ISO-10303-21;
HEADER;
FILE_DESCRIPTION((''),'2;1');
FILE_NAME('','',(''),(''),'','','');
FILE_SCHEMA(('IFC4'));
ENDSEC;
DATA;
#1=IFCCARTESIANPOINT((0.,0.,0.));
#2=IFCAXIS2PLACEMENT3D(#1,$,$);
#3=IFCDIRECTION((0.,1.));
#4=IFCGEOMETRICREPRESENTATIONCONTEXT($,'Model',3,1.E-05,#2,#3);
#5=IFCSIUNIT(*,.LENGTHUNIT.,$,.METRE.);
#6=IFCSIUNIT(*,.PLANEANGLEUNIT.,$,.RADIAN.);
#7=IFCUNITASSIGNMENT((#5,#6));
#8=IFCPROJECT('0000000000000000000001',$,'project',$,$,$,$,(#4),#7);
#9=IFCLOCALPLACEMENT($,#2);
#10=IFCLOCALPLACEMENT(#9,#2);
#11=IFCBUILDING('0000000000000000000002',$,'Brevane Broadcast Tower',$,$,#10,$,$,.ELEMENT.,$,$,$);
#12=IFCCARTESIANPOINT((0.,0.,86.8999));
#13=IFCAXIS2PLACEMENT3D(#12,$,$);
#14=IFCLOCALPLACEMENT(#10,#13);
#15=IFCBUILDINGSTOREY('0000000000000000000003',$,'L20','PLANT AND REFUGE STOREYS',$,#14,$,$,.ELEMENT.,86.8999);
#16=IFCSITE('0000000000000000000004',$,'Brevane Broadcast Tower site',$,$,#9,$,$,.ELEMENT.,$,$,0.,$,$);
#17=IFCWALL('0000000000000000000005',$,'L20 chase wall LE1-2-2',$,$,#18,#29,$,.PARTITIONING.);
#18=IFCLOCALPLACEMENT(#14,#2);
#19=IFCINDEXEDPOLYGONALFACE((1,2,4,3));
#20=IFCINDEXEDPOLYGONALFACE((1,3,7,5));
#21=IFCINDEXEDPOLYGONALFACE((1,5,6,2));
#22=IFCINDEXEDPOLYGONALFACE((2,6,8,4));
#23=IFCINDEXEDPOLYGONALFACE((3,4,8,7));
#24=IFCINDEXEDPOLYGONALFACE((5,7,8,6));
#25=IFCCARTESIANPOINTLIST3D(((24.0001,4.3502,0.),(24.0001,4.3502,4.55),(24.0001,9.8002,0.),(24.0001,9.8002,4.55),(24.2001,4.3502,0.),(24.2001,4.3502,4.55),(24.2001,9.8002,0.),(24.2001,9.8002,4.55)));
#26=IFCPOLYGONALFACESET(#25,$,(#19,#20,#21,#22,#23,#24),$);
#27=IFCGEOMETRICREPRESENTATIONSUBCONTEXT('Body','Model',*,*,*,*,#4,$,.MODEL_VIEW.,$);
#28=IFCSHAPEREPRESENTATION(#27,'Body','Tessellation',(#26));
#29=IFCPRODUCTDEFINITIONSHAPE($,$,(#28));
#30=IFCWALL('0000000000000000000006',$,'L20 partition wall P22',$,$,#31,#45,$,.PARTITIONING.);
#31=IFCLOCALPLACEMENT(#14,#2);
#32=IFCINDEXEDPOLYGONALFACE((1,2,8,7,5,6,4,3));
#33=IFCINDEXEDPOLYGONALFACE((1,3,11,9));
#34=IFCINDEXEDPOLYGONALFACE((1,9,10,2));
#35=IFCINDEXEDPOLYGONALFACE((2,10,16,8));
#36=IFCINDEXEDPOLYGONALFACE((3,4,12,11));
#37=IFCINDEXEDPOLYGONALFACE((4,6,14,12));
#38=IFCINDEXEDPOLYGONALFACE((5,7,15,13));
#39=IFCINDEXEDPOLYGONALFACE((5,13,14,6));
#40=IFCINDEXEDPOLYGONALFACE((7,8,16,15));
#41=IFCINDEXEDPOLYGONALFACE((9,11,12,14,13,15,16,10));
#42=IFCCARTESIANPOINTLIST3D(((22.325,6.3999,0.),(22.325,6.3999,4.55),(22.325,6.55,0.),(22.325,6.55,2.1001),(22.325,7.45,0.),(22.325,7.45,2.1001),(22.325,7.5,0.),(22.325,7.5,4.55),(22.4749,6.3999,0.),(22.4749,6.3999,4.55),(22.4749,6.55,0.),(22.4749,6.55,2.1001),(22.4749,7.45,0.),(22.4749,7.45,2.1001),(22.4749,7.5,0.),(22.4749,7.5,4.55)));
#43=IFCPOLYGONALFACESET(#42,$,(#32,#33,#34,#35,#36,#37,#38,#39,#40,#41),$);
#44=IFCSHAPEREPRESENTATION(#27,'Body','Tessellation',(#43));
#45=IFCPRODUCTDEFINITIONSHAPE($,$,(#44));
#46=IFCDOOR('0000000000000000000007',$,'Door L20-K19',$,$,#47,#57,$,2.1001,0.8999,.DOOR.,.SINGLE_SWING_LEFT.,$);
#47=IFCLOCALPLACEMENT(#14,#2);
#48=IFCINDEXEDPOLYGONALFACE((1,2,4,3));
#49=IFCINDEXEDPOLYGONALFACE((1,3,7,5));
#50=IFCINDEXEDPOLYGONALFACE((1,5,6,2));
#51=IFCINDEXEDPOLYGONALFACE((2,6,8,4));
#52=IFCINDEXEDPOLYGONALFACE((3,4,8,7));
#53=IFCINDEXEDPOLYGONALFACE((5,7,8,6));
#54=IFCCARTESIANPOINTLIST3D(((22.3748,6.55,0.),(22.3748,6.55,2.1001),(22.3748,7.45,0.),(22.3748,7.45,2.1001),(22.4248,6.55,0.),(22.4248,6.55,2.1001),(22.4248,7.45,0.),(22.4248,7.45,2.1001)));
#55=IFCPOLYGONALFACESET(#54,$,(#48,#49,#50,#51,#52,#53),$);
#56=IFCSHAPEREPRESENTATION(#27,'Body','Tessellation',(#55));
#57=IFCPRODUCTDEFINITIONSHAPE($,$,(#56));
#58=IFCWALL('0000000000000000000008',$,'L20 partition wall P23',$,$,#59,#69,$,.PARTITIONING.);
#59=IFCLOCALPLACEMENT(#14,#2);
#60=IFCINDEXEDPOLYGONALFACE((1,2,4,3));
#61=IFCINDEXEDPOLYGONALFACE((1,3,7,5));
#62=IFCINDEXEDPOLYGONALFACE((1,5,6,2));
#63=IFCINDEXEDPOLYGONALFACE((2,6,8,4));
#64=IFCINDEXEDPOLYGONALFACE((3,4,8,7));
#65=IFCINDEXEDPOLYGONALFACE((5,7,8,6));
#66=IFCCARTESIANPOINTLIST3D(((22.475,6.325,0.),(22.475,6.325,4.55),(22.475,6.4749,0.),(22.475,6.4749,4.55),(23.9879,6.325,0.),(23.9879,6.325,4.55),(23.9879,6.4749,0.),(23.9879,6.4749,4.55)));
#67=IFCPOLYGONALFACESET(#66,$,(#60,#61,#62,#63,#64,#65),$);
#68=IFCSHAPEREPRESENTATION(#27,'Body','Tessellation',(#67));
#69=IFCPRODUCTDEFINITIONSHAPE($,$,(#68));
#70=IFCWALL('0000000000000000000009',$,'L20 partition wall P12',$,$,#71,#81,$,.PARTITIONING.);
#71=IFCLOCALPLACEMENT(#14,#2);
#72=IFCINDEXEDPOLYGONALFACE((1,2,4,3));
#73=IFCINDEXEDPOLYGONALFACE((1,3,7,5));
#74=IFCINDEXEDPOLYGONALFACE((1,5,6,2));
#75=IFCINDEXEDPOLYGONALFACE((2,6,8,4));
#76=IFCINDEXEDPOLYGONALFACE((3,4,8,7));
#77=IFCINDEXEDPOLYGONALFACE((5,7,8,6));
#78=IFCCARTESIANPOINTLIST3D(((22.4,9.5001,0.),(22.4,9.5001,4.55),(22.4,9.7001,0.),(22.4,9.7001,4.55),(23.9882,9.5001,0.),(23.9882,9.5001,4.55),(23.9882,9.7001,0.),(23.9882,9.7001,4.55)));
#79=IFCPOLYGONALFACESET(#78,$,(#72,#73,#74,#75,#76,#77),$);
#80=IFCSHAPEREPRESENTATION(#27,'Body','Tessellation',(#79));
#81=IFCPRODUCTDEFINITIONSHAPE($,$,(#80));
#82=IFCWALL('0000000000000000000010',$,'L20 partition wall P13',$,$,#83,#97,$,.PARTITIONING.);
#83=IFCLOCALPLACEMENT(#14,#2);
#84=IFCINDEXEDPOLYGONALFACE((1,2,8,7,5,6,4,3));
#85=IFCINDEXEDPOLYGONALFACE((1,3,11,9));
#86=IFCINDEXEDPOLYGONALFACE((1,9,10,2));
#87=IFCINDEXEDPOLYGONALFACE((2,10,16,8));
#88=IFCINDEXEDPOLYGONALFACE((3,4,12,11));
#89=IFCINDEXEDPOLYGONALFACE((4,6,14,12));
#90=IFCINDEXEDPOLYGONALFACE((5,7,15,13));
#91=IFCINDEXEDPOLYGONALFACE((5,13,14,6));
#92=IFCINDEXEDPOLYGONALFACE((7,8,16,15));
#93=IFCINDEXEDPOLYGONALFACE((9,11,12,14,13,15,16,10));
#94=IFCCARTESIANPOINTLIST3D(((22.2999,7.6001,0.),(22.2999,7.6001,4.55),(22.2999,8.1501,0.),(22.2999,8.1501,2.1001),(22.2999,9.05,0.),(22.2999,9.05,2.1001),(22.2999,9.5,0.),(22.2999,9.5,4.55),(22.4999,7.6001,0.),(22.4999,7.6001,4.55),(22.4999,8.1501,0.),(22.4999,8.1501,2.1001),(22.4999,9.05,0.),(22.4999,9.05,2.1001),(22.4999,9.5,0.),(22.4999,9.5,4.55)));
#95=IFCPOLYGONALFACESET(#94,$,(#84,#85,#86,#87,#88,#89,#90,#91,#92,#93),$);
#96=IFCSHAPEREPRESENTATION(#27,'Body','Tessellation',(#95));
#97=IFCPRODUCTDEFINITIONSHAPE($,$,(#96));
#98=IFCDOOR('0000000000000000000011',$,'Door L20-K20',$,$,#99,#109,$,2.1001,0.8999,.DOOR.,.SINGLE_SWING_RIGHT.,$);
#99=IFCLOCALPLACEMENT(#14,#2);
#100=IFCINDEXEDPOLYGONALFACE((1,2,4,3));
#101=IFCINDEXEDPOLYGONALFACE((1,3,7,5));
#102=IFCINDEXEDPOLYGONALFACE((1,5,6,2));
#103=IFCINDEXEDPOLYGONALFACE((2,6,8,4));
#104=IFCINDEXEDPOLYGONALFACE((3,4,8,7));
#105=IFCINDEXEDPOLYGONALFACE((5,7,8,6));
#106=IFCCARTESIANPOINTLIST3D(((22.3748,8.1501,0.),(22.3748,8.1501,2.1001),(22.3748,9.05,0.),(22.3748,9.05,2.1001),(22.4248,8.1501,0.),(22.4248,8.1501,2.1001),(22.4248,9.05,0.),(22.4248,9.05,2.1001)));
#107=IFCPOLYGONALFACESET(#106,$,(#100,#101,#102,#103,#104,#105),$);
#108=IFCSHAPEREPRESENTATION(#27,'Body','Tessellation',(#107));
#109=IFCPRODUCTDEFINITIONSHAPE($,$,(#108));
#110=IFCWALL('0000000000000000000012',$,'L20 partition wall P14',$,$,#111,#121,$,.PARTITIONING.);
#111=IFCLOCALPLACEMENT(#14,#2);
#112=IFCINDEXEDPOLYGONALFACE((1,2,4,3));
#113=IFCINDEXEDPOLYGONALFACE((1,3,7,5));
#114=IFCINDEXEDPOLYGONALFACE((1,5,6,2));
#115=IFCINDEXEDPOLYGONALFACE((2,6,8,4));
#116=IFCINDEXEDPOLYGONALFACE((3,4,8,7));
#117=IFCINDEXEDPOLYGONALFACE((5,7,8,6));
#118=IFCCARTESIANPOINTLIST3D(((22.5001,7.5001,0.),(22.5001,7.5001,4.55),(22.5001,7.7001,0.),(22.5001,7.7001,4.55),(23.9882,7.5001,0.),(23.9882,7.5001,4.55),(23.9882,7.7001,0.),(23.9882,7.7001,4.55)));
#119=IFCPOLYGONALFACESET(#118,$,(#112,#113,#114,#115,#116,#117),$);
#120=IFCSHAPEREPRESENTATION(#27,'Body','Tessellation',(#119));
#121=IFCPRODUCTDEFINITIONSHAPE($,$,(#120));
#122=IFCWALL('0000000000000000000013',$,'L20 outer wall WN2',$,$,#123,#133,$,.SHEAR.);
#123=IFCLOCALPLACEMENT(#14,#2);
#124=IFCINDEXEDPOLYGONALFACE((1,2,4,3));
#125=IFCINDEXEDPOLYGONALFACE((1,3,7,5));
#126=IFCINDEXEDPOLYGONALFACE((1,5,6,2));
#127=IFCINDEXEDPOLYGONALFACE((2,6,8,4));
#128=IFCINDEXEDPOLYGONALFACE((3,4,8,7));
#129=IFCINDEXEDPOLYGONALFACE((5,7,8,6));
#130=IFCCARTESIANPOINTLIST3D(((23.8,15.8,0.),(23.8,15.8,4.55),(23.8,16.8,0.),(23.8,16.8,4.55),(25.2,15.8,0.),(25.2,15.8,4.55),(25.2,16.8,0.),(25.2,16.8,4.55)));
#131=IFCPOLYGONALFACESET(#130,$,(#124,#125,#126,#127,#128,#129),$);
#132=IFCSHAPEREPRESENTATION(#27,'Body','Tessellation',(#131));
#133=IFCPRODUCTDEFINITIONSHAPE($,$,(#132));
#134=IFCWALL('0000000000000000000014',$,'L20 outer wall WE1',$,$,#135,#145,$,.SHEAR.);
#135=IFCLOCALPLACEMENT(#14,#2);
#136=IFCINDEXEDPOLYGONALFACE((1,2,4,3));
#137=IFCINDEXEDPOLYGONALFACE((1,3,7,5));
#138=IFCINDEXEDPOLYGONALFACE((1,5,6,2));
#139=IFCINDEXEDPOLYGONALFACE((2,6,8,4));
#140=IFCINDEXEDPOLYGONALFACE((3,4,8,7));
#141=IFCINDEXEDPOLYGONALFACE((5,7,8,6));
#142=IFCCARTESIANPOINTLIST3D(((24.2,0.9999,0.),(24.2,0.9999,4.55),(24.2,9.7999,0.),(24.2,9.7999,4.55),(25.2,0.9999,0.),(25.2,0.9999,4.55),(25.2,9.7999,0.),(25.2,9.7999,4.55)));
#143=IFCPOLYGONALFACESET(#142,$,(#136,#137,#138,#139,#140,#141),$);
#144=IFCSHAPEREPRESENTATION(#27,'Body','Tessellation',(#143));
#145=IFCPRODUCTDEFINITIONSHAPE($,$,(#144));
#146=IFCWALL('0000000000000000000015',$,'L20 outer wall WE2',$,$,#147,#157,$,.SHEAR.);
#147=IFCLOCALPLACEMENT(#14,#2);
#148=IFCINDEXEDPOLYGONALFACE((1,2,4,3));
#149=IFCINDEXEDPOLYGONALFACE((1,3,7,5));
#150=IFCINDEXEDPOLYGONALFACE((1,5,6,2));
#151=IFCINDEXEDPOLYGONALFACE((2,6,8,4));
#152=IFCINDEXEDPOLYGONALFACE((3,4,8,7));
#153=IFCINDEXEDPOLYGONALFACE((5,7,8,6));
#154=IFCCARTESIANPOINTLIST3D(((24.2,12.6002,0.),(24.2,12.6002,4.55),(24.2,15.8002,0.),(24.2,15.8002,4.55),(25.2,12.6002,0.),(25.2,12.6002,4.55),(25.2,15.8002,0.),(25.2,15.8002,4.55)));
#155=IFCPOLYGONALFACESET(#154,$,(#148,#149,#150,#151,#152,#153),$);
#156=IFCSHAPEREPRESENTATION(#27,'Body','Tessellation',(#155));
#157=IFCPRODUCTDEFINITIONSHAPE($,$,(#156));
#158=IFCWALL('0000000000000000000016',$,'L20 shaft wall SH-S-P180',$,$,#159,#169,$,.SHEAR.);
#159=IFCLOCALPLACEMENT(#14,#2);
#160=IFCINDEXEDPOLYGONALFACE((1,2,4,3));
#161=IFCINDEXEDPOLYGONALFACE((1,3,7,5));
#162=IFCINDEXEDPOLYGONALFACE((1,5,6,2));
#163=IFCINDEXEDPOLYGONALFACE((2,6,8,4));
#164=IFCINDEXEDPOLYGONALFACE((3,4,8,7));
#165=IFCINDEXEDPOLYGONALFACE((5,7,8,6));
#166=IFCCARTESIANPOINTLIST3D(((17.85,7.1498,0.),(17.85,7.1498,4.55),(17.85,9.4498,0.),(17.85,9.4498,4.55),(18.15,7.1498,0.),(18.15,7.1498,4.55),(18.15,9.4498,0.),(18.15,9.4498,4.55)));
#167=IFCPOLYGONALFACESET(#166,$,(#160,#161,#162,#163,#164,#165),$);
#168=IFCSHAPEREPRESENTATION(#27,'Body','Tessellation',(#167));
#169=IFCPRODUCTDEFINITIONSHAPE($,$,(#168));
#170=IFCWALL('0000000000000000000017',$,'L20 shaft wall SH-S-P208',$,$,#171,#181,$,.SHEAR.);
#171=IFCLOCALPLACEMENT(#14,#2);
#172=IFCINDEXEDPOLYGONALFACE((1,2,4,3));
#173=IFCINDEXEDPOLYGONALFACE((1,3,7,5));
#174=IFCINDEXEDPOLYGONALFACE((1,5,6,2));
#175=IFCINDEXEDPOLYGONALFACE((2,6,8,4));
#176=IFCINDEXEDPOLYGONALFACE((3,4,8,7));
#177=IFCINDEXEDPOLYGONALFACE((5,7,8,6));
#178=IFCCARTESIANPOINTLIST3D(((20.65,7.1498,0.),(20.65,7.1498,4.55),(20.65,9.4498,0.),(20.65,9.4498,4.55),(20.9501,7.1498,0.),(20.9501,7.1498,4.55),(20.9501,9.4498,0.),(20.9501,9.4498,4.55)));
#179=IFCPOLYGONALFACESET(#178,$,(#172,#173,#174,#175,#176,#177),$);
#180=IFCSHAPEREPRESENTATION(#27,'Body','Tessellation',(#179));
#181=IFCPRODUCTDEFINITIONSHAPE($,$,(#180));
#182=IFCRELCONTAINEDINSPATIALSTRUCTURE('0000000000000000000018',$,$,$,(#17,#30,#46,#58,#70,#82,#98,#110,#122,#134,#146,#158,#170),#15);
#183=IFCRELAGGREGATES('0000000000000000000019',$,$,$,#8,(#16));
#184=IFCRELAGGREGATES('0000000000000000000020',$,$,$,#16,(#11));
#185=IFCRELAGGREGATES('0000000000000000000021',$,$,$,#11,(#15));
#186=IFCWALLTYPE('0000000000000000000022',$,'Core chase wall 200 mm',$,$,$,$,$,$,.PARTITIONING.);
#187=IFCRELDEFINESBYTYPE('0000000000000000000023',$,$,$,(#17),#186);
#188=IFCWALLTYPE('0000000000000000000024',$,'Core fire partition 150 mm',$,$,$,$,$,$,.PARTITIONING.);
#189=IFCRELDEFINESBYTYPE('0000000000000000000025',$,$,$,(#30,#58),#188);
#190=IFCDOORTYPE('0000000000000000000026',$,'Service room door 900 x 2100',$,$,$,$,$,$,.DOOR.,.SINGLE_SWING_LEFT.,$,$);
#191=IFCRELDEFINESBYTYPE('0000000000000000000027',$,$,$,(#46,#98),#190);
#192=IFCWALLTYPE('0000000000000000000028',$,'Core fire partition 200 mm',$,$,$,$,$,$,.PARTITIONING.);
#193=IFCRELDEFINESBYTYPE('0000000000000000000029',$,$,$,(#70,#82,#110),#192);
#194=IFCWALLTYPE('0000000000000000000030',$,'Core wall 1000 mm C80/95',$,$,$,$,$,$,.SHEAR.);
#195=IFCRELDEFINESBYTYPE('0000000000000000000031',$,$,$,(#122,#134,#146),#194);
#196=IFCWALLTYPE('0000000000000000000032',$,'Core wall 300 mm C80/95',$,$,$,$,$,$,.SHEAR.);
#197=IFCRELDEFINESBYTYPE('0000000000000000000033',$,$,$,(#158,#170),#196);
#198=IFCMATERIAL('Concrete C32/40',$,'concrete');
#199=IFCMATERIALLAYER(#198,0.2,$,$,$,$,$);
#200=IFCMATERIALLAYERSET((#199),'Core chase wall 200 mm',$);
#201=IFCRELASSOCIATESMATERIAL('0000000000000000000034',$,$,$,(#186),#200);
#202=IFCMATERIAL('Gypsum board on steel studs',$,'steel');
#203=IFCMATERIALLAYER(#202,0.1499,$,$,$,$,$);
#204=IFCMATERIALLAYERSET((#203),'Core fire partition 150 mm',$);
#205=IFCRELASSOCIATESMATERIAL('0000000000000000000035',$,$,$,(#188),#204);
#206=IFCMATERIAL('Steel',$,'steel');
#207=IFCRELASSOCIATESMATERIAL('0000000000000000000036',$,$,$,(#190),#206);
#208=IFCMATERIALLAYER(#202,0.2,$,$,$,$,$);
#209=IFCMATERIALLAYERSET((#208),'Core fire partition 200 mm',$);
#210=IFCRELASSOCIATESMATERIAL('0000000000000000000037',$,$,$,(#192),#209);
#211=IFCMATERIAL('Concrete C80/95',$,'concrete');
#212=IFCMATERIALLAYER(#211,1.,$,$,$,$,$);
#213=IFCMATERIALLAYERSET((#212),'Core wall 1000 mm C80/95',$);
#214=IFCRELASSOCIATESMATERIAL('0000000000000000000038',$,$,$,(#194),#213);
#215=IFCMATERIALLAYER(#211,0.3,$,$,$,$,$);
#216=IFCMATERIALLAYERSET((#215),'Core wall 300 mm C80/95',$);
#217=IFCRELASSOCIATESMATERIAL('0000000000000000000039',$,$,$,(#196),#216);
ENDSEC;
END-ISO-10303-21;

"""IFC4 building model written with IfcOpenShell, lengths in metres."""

from ifc_helpers import new_model, si_unit, direction, frame, frame_2d, origin, place, context, subcontext, project, spatial, rectangle, extrude, material, layer, layer_set, type_object, element, fill, save


model = new_model("IFC4")

# Units and contexts
model_context = context("Model", 3, precision=1e-05, world=origin(), true_north=direction((0.0, 1.0)))
body_context = subcontext(model_context, "Body", "Model", "MODEL_VIEW")
ifc_project = project(units=[si_unit("LENGTHUNIT", "METRE"), si_unit("PLANEANGLEUNIT", "RADIAN")], contexts=[model_context])

# Site, building, storey
site_placement = place(None, origin())
site = spatial("IfcSite", under=ifc_project, at=site_placement, Name="Brevane Broadcast Tower site", CompositionType="ELEMENT", RefElevation=0.0)
building_placement = place(site_placement, origin())
building = spatial("IfcBuilding", under=site, at=building_placement, Name="Brevane Broadcast Tower", CompositionType="ELEMENT")
storey_placement = place(building_placement, frame((0.0, 0.0, 86.8999)))
storey = spatial("IfcBuildingStorey", under=building, at=storey_placement, Name="L20", Description="PLANT AND REFUGE STOREYS", CompositionType="ELEMENT", Elevation=86.8999)

# Wall
ifc_material_1 = material(Name="Concrete C32/40", Category="concrete")
ifc_layer_1 = layer(ifc_material_1, 0.2)
ifc_layer_set_1 = layer_set([ifc_layer_1], Name="Core chase wall 200 mm")
wall_type_1 = type_object("IfcWallType", Name="Core chase wall 200 mm", PredefinedType="PARTITIONING", material=ifc_layer_set_1)
wall_1_placement = place(storey_placement, frame((24.1001, 4.3501, 0.0), z_axis=(0.0, 0.0, 1.0), x_axis=(0.0, 1.0, 0.0)))
element("IfcWall", 1, at=wall_1_placement, inside=storey, type_object=wall_type_1, Name="L20 chase wall LE1-2-2", PredefinedType="PARTITIONING", context=body_context, shape_type="SweptSolid", body=[
    extrude(rectangle(XDim=5.45, YDim=0.2, at=frame_2d((2.7251, 0.0))), origin(), (0.0, 0.0, 1.0), 4.55),
])

# Wall, opening, door
ifc_material_2 = material(Name="Gypsum board on steel studs", Category="steel")
ifc_layer_2 = layer(ifc_material_2, 0.1499)
ifc_layer_set_2 = layer_set([ifc_layer_2], Name="Core fire partition 150 mm")
wall_type_2 = type_object("IfcWallType", Name="Core fire partition 150 mm", PredefinedType="PARTITIONING", material=ifc_layer_set_2)
wall_2_placement = place(storey_placement, frame((22.3999, 7.5, 0.0), z_axis=(0.0, 0.0, 1.0), x_axis=(0.0, -1.0, 0.0)))
wall_2 = element("IfcWall", 2, at=wall_2_placement, inside=storey, type_object=wall_type_2, Name="L20 partition wall P22", PredefinedType="PARTITIONING", context=body_context, shape_type="SweptSolid", body=[
    extrude(rectangle(XDim=1.1001, YDim=0.1499, at=frame_2d((0.55, 0.0))), origin(), (0.0, 0.0, 1.0), 4.55),
])
opening_1_placement = place(wall_2_placement, frame((0.05, 0.0, 0.0)))
opening_1 = element("IfcOpeningElement", 3, at=opening_1_placement, cuts=wall_2, PredefinedType="OPENING", context=body_context, shape_type="SweptSolid", body=[
    extrude(rectangle(XDim=0.8999, YDim=2.1001, at=frame_2d((0.45, 1.05))), frame((0.0, 0.085, 0.0), z_axis=(0.0, -1.0, 0.0), x_axis=(1.0, 0.0, 0.0)), (0.0, 0.0, 1.0), 0.1699),
])
ifc_material_3 = material(Name="Steel", Category="steel")
door_type = type_object("IfcDoorType", Name="Service room door 900 x 2100", OperationType="SINGLE_SWING_LEFT", PredefinedType="DOOR", material=ifc_material_3)
door_1_placement = place(opening_1_placement, origin())
door_1 = element("IfcDoor", 4, at=door_1_placement, inside=storey, type_object=door_type, Name="Door L20-K19", OperationType="SINGLE_SWING_LEFT", OverallHeight=2.1001, OverallWidth=0.8999, PredefinedType="DOOR", context=body_context, shape_type="SweptSolid", body=[
    extrude(rectangle(XDim=0.8999, YDim=2.1001, at=frame_2d((0.45, 1.05))), frame((0.0, 0.0249, 0.0), z_axis=(0.0, -1.0, 0.0), x_axis=(1.0, 0.0, 0.0)), (0.0, 0.0, 1.0), 0.05),
])
fill(opening_1, door_1)

# Walls
wall_3_placement = place(storey_placement, frame((22.4751, 6.3999, 0.0), z_axis=(0.0, 0.0, 1.0), x_axis=(1.0, 0.0, 0.0)))
element("IfcWall", 5, at=wall_3_placement, inside=storey, type_object=wall_type_2, Name="L20 partition wall P23", PredefinedType="PARTITIONING", context=body_context, shape_type="SweptSolid", body=[
    extrude(rectangle(XDim=1.5129, YDim=0.1499, at=frame_2d((0.7563, 0.0))), origin(), (0.0, 0.0, 1.0), 4.55),
])
ifc_layer_3 = layer(ifc_material_2, 0.2)
ifc_layer_set_3 = layer_set([ifc_layer_3], Name="Core fire partition 200 mm")
wall_type_3 = type_object("IfcWallType", Name="Core fire partition 200 mm", PredefinedType="PARTITIONING", material=ifc_layer_set_3)
wall_4_placement = place(storey_placement, frame((23.988, 9.6001, 0.0), z_axis=(0.0, 0.0, 1.0), x_axis=(-1.0, 0.0, 0.0)))
element("IfcWall", 6, at=wall_4_placement, inside=storey, type_object=wall_type_3, Name="L20 partition wall P12", PredefinedType="PARTITIONING", context=body_context, shape_type="SweptSolid", body=[
    extrude(rectangle(XDim=1.5881, YDim=0.2, at=frame_2d((0.7939, 0.0))), origin(), (0.0, 0.0, 1.0), 4.55),
])

# Wall, opening, door
wall_5_placement = place(storey_placement, frame((22.3999, 9.5, 0.0), z_axis=(0.0, 0.0, 1.0), x_axis=(0.0, -1.0, 0.0)))
wall_5 = element("IfcWall", 7, at=wall_5_placement, inside=storey, type_object=wall_type_3, Name="L20 partition wall P13", PredefinedType="PARTITIONING", context=body_context, shape_type="SweptSolid", body=[
    extrude(rectangle(XDim=1.8999, YDim=0.2, at=frame_2d((0.95, 0.0))), origin(), (0.0, 0.0, 1.0), 4.55),
])
opening_2_placement = place(wall_5_placement, frame((0.45, 0.0, 0.0)))
opening_2 = element("IfcOpeningElement", 8, at=opening_2_placement, cuts=wall_5, PredefinedType="OPENING", context=body_context, shape_type="SweptSolid", body=[
    extrude(rectangle(XDim=0.8999, YDim=2.1001, at=frame_2d((0.45, 1.05))), frame((0.0, 0.1099, 0.0), z_axis=(0.0, -1.0, 0.0), x_axis=(1.0, 0.0, 0.0)), (0.0, 0.0, 1.0), 0.22),
])
door_2_placement = place(opening_2_placement, origin())
door_2 = element("IfcDoor", 9, at=door_2_placement, inside=storey, type_object=door_type, Name="Door L20-K20", OperationType="SINGLE_SWING_RIGHT", OverallHeight=2.1001, OverallWidth=0.8999, PredefinedType="DOOR", context=body_context, shape_type="SweptSolid", body=[
    extrude(rectangle(XDim=0.8999, YDim=2.1001, at=frame_2d((0.45, 1.05))), frame((0.0, 0.0249, 0.0), z_axis=(0.0, -1.0, 0.0), x_axis=(1.0, 0.0, 0.0)), (0.0, 0.0, 1.0), 0.05),
])
fill(opening_2, door_2)

# Walls
wall_6_placement = place(storey_placement, frame((22.5, 7.6001, 0.0), z_axis=(0.0, 0.0, 1.0), x_axis=(1.0, 0.0, 0.0)))
element("IfcWall", 10, at=wall_6_placement, inside=storey, type_object=wall_type_3, Name="L20 partition wall P14", PredefinedType="PARTITIONING", context=body_context, shape_type="SweptSolid", body=[
    extrude(rectangle(XDim=1.488, YDim=0.2, at=frame_2d((0.7441, 0.0))), origin(), (0.0, 0.0, 1.0), 4.55),
])
ifc_material_4 = material(Name="Concrete C80/95", Category="concrete")
ifc_layer_4 = layer(ifc_material_4, 1.0)
ifc_layer_set_4 = layer_set([ifc_layer_4], Name="Core wall 1000 mm C80/95")
wall_type_4 = type_object("IfcWallType", Name="Core wall 1000 mm C80/95", PredefinedType="SHEAR", material=ifc_layer_set_4)
wall_7_placement = place(storey_placement, frame((23.8, 16.3, 0.0), z_axis=(0.0, 0.0, 1.0), x_axis=(1.0, 0.0, 0.0)))
element("IfcWall", 11, at=wall_7_placement, inside=storey, type_object=wall_type_4, Name="L20 outer wall WN2", PredefinedType="SHEAR", context=body_context, shape_type="SweptSolid", body=[
    extrude(rectangle(XDim=1.3999, YDim=1.0, at=frame_2d((0.7, 0.0))), origin(), (0.0, 0.0, 1.0), 4.55),
])
wall_8_placement = place(storey_placement, frame((24.7, 1.0, 0.0), z_axis=(0.0, 0.0, 1.0), x_axis=(0.0, 1.0, 0.0)))
element("IfcWall", 12, at=wall_8_placement, inside=storey, type_object=wall_type_4, Name="L20 outer wall WE1", PredefinedType="SHEAR", context=body_context, shape_type="SweptSolid", body=[
    extrude(rectangle(XDim=8.8, YDim=1.0, at=frame_2d((4.3999, 0.0))), origin(), (0.0, 0.0, 1.0), 4.55),
])
wall_9_placement = place(storey_placement, frame((24.7, 12.6001, 0.0), z_axis=(0.0, 0.0, 1.0), x_axis=(0.0, 1.0, 0.0)))
element("IfcWall", 13, at=wall_9_placement, inside=storey, type_object=wall_type_4, Name="L20 outer wall WE2", PredefinedType="SHEAR", context=body_context, shape_type="SweptSolid", body=[
    extrude(rectangle(XDim=3.2, YDim=1.0, at=frame_2d((1.6001, 0.0))), origin(), (0.0, 0.0, 1.0), 4.55),
])
ifc_layer_5 = layer(ifc_material_4, 0.3)
ifc_layer_set_5 = layer_set([ifc_layer_5], Name="Core wall 300 mm C80/95")
wall_type_5 = type_object("IfcWallType", Name="Core wall 300 mm C80/95", PredefinedType="SHEAR", material=ifc_layer_set_5)
for number, where, z_axis, x_axis, name in (
    (14, (18.0, 7.1499, 0.0), (0.0, 0.0, 1.0), (0.0, 1.0, 0.0), "L20 shaft wall SH-S-P180"),
    (15, (20.8, 7.1499, 0.0), (0.0, 0.0, 1.0), (0.0, 1.0, 0.0), "L20 shaft wall SH-S-P208"),
):
    element("IfcWall", number, at=place(storey_placement, frame(where, z_axis=z_axis, x_axis=x_axis)), inside=storey, type_object=wall_type_5, Name=name, PredefinedType="SHEAR", context=body_context, shape_type="SweptSolid", body=[
        extrude(rectangle(XDim=2.3, YDim=0.3, at=frame_2d((1.1499, 0.0))), origin(), (0.0, 0.0, 1.0), 4.55),
    ])

save(model, "model.ifc")
